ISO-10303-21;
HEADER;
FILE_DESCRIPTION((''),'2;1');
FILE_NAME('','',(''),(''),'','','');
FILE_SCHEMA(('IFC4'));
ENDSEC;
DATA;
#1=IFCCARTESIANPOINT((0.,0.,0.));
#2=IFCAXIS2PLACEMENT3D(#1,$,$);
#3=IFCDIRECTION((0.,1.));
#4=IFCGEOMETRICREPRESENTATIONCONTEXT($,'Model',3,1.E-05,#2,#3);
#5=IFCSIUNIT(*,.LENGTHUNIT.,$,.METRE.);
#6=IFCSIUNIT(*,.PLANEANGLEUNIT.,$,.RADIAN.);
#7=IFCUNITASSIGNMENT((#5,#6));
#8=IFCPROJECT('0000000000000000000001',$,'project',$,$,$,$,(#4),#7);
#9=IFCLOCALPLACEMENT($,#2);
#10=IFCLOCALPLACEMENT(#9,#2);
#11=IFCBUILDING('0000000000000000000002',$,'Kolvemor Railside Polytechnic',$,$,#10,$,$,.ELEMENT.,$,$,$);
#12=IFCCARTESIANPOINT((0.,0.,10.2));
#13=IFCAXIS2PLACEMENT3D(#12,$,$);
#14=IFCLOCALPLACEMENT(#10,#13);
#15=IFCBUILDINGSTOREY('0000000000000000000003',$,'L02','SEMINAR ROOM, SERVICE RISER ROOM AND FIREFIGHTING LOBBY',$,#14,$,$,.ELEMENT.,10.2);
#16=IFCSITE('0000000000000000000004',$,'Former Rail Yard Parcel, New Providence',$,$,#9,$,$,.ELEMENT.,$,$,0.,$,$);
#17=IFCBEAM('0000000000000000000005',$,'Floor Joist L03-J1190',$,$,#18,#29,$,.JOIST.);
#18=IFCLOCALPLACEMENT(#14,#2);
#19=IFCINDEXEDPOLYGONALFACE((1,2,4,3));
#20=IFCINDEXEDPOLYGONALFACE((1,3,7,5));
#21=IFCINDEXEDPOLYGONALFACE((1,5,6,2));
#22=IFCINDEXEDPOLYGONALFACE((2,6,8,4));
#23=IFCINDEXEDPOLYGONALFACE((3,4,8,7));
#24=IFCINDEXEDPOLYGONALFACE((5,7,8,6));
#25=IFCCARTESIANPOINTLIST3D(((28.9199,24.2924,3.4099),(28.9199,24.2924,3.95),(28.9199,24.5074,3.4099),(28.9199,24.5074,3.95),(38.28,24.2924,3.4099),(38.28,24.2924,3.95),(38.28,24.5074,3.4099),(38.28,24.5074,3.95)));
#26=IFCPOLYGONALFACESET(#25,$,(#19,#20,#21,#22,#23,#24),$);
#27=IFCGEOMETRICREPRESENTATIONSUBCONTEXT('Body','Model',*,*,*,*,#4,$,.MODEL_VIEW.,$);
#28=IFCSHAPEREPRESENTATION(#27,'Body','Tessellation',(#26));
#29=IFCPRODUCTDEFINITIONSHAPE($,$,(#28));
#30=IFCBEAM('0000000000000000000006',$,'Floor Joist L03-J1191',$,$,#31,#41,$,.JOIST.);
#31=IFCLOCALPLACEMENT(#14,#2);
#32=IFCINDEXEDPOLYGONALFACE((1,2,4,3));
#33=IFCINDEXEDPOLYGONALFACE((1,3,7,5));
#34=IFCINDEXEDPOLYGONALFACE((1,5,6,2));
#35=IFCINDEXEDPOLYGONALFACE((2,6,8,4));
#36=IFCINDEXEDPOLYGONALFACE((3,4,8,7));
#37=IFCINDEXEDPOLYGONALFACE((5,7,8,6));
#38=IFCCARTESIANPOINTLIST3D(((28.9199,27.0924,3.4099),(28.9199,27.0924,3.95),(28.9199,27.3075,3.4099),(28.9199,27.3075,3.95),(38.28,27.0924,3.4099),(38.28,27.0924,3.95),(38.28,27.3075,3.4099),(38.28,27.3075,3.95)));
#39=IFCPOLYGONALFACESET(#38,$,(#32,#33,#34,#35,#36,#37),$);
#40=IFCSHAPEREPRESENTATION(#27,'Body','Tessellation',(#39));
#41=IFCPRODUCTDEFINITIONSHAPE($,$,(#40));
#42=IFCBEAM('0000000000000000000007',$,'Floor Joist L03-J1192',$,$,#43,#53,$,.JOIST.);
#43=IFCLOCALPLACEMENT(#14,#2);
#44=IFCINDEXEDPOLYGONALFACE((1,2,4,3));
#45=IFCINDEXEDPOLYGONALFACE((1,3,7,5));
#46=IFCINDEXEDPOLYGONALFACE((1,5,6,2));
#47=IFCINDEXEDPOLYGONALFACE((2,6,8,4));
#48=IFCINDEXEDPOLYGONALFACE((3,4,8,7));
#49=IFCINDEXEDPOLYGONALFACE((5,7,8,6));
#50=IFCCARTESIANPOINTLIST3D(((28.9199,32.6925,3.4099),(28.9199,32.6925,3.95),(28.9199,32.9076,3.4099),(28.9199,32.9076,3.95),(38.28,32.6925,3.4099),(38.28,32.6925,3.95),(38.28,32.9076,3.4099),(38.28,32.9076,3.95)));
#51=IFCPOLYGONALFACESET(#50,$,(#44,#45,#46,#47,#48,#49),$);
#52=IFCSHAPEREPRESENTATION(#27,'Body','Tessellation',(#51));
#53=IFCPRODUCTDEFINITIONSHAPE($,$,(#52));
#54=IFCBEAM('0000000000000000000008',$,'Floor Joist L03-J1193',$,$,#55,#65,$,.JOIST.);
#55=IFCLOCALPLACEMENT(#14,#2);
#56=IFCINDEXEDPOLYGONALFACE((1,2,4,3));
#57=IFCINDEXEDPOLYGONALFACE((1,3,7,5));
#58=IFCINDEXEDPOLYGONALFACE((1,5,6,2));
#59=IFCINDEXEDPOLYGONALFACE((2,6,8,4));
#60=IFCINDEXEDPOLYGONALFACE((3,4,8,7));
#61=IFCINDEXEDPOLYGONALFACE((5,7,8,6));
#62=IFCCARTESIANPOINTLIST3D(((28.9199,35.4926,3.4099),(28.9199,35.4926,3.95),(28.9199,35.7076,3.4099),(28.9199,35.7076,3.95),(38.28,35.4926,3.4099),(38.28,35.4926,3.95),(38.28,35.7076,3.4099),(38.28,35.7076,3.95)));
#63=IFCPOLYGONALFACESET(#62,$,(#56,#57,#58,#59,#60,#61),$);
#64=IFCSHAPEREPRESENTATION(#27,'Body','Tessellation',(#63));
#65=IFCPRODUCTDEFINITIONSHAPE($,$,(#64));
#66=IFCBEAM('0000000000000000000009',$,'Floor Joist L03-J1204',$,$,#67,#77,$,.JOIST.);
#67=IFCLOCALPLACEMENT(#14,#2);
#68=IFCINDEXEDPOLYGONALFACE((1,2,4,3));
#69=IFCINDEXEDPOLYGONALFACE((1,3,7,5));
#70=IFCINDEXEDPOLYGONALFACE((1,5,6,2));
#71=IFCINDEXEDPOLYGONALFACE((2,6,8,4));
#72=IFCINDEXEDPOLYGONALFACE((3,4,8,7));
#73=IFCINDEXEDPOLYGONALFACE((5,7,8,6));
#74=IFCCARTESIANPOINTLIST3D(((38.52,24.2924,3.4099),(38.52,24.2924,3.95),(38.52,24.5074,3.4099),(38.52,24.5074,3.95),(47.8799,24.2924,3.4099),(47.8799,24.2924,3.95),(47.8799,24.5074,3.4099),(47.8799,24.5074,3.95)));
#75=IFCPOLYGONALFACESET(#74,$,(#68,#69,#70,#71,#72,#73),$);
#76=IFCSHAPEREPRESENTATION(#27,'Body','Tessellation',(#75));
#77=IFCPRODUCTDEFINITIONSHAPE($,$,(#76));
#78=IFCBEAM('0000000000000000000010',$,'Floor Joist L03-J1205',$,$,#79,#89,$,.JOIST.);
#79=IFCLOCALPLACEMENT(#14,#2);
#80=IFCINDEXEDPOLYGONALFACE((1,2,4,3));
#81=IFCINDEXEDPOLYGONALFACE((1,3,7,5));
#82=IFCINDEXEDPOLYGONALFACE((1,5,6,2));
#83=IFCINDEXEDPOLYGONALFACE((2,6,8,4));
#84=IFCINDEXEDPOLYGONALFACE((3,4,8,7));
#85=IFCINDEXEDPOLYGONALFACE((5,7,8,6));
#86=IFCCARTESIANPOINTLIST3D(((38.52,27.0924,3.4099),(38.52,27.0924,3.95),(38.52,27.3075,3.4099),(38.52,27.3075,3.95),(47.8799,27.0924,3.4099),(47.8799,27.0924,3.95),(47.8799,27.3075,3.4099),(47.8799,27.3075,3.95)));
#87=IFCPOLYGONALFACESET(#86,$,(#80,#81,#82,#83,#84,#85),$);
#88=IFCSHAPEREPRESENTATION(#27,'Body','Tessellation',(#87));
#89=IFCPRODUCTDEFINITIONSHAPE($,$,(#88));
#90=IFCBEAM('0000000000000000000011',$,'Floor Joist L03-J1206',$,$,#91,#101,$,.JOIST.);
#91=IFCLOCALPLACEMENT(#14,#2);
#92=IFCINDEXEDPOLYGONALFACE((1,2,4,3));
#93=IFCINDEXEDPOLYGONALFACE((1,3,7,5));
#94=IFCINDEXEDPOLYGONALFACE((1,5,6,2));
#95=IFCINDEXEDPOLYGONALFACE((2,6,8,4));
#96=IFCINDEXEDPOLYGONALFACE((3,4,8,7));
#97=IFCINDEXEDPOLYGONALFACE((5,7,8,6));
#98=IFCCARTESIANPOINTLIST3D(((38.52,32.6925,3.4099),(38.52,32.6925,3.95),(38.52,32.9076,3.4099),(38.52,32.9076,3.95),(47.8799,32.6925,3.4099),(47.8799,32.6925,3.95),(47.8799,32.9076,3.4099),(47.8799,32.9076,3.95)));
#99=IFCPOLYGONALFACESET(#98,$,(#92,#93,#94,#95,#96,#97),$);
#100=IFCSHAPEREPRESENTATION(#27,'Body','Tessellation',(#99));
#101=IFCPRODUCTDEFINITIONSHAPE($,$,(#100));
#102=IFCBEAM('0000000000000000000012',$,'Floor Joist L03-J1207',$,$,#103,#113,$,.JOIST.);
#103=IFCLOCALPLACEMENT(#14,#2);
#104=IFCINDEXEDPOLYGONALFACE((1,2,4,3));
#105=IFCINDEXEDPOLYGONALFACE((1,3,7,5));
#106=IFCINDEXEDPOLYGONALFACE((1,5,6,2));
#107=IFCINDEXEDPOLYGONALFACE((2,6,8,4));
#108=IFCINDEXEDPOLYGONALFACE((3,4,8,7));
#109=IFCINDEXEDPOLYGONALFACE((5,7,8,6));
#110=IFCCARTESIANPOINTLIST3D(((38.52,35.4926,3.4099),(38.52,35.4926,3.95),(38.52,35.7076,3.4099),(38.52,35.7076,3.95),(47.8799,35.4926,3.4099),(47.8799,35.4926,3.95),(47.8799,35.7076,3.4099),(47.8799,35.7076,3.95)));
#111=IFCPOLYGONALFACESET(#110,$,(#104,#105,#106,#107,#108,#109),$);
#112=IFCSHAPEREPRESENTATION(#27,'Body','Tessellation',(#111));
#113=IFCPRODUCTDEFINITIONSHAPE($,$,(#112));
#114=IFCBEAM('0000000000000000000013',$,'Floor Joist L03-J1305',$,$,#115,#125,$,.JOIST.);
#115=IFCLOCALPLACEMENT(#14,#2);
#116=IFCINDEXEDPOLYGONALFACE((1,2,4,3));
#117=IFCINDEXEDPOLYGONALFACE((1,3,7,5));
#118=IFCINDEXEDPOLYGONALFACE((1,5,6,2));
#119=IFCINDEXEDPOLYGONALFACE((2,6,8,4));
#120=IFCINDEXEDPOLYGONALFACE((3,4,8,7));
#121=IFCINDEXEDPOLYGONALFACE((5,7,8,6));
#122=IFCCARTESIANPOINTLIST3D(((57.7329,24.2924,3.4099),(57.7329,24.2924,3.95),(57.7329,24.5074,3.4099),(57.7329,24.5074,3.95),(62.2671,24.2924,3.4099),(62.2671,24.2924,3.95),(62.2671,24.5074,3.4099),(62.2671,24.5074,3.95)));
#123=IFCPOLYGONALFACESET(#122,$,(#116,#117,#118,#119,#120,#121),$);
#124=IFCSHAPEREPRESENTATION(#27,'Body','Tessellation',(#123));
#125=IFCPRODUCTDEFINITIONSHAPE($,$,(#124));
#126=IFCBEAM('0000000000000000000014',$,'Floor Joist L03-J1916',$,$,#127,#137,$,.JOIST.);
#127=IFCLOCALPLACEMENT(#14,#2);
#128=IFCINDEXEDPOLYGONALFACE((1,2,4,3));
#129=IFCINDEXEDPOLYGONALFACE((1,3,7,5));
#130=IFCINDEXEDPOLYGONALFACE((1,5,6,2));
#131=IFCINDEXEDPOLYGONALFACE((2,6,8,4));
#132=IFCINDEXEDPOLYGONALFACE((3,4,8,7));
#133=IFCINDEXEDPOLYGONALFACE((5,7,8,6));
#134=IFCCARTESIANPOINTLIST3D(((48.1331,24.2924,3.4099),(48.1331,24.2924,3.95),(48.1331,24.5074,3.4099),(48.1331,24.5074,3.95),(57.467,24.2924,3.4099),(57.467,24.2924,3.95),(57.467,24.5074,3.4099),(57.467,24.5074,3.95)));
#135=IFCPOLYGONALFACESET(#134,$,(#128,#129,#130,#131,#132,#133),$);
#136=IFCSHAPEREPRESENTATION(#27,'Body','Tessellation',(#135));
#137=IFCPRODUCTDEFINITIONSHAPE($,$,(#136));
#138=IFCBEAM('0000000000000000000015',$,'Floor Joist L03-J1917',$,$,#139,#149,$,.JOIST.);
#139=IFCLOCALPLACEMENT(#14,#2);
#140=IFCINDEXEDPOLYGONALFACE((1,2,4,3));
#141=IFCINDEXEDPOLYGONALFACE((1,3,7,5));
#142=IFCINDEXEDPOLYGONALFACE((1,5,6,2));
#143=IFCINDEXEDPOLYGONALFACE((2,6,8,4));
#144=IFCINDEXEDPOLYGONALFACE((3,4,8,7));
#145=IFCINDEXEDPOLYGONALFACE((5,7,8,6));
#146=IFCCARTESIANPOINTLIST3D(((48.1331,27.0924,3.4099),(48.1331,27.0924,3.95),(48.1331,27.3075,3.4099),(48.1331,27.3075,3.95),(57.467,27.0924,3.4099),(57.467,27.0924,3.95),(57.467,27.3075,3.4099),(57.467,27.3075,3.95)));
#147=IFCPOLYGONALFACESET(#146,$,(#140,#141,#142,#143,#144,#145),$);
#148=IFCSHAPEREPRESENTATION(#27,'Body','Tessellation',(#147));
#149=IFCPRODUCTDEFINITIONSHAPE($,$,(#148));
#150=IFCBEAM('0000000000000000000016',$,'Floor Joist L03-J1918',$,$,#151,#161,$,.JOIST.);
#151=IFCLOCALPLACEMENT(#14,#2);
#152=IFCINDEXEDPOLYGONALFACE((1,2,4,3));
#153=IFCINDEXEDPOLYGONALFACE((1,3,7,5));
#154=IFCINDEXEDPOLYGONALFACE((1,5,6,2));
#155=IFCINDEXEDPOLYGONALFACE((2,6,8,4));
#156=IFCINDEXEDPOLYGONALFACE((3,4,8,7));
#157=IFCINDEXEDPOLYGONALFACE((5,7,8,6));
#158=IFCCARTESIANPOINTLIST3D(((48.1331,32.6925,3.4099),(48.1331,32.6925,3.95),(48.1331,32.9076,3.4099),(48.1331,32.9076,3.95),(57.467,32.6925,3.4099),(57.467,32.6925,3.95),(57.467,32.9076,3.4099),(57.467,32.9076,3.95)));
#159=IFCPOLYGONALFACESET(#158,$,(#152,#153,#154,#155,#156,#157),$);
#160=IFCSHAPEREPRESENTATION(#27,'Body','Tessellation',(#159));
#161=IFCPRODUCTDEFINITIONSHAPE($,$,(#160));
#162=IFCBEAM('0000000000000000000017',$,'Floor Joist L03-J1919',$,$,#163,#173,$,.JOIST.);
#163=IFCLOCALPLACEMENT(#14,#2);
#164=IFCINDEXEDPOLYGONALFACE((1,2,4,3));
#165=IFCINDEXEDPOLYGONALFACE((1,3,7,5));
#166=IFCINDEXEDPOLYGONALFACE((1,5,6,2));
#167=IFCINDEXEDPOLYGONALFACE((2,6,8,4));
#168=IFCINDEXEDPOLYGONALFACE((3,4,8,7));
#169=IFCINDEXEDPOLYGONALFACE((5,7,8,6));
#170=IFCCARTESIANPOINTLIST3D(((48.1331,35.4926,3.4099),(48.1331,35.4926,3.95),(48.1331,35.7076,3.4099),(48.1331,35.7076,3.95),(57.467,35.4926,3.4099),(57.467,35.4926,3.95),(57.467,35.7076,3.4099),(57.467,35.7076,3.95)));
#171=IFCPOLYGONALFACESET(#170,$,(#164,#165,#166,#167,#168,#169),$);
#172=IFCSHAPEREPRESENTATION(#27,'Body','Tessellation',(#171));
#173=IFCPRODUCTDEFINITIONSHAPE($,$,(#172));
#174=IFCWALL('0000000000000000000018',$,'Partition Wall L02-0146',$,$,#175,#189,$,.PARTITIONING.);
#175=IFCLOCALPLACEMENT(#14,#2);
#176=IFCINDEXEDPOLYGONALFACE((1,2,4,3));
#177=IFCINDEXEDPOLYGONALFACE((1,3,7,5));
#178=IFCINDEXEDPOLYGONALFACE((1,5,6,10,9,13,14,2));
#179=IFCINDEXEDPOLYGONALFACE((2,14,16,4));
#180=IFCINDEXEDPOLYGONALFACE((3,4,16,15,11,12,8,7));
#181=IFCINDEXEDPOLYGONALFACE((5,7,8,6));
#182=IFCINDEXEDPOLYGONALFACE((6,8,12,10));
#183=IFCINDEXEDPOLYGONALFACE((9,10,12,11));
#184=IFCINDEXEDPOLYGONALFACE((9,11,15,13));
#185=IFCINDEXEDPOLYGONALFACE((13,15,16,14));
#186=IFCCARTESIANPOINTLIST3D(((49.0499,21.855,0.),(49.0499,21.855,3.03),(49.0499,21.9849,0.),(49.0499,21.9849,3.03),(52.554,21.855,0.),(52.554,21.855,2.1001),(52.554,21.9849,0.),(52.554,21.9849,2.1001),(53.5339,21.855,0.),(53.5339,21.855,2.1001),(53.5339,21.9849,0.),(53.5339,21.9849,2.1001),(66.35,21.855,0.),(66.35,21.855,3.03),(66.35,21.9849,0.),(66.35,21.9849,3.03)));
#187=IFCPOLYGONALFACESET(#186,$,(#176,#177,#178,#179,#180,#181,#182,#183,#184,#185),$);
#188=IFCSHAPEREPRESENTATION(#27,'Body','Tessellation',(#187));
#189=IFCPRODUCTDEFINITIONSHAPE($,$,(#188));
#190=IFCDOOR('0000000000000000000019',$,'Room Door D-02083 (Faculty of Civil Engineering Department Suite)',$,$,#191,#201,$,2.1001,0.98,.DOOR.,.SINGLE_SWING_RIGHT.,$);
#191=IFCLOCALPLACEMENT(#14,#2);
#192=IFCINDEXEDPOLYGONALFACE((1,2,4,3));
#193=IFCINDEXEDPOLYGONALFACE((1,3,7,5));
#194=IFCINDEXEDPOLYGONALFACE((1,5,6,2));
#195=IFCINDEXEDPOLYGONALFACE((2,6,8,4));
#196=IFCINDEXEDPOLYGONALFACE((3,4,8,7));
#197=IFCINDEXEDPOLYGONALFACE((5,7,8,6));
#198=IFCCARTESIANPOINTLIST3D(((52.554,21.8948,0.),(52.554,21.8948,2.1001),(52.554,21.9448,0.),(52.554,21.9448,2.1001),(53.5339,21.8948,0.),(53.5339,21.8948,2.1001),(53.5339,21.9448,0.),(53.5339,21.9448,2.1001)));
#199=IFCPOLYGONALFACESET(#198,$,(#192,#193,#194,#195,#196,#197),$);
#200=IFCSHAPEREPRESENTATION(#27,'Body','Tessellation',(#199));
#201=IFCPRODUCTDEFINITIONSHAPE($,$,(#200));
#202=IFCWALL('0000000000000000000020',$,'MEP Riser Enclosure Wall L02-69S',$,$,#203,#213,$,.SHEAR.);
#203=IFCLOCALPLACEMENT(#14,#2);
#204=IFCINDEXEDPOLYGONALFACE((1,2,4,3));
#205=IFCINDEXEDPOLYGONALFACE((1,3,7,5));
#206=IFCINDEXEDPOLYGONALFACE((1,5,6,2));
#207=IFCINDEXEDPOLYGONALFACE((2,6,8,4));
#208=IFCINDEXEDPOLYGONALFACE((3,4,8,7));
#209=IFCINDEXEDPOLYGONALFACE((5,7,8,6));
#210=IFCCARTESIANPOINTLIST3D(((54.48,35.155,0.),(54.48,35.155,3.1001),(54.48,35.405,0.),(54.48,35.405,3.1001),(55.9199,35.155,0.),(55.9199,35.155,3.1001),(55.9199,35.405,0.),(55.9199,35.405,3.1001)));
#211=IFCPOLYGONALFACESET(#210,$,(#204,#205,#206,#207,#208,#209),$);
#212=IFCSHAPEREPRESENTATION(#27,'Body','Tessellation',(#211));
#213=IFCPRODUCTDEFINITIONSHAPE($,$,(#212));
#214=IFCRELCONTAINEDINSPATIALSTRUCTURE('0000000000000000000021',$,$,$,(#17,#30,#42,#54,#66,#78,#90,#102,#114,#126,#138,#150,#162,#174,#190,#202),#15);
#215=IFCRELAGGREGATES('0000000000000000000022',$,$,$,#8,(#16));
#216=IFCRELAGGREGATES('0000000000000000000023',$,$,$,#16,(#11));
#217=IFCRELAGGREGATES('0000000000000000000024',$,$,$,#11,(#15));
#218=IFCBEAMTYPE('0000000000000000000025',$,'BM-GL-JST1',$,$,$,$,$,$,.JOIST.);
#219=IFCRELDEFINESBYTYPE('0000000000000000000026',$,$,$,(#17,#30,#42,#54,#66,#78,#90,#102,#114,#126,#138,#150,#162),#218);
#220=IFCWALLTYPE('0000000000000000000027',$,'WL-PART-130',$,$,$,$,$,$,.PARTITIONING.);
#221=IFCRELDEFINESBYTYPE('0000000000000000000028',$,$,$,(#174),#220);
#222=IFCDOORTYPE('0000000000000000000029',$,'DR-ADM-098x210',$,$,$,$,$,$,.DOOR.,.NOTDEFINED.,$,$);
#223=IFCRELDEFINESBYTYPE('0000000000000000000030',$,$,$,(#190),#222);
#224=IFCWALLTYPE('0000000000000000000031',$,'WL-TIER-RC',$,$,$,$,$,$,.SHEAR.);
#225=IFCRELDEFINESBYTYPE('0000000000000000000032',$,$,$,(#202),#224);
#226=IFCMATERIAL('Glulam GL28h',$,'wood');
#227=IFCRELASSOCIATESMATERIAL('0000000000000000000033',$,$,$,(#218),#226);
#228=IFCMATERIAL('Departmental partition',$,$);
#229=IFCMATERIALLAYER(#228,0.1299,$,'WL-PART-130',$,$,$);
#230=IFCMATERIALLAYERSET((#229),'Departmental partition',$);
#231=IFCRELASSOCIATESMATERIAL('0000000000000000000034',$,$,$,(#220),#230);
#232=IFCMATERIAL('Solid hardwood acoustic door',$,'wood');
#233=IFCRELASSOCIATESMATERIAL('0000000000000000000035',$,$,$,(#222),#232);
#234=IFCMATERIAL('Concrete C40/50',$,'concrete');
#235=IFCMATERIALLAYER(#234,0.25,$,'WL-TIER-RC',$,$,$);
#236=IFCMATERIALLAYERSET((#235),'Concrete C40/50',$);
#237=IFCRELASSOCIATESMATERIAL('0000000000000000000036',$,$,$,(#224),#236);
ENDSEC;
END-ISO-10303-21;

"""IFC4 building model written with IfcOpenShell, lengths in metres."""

from ifc_helpers import new_model, si_unit, direction, frame, frame_2d, origin, origin_2d, place, context, subcontext, project, spatial, rectangle, extrude, material, layer, layer_set, material_profile, profile_set, type_object, element, fill, save


model = new_model("IFC4")

# Units and contexts
model_context = context("Model", 3, precision=1e-05, world=origin(), true_north=direction((0.0, 1.0)))
body_context = subcontext(model_context, "Body", "Model", "MODEL_VIEW")
ifc_project = project(units=[si_unit("LENGTHUNIT", "METRE"), si_unit("PLANEANGLEUNIT", "RADIAN")], contexts=[model_context])

# Site, building, storey
site_placement = place(None, origin())
site = spatial("IfcSite", under=ifc_project, at=site_placement, Name="Former Rail Yard Parcel, New Providence", CompositionType="ELEMENT", RefElevation=0.0)
building_placement = place(site_placement, origin())
building = spatial("IfcBuilding", under=site, at=building_placement, Name="Kolvemor Railside Polytechnic", CompositionType="ELEMENT")
storey_placement = place(building_placement, frame((0.0, 0.0, 10.2)))
storey = spatial("IfcBuildingStorey", under=building, at=storey_placement, Name="L02", Description="SEMINAR ROOM, SERVICE RISER ROOM AND FIREFIGHTING LOBBY", CompositionType="ELEMENT", Elevation=10.2)

# Beams
ifc_material_1 = material(Name="Glulam GL28h", Category="wood")
ifc_material_profile_1 = material_profile(ifc_material_1, rectangle(XDim=0.2151, YDim=0.54, at=origin_2d()), Name="GL215x540")
ifc_profile_set_1 = profile_set([ifc_material_profile_1], Name="Glulam GL28h")
beam_type_1 = type_object("IfcBeamType", Name="BM-GL-JST1", PredefinedType="JOIST", material=ifc_profile_set_1)
for number, where, z_axis, x_axis, name in (
    (1, (28.9199, 24.3999, 3.6799), (1.0, 0.0, 0.0), (0.0, 1.0, 0.0), "Floor Joist L03-J1190"),
    (2, (28.9199, 27.2, 3.6799), (1.0, 0.0, 0.0), (0.0, 1.0, 0.0), "Floor Joist L03-J1191"),
    (3, (28.9199, 32.8, 3.6799), (1.0, 0.0, 0.0), (0.0, 1.0, 0.0), "Floor Joist L03-J1192"),
    (4, (28.9199, 35.6001, 3.6799), (1.0, 0.0, 0.0), (0.0, 1.0, 0.0), "Floor Joist L03-J1193"),
):
    element("IfcBeam", number, at=place(storey_placement, frame(where, z_axis=z_axis, x_axis=x_axis)), inside=storey, type_object=beam_type_1, Name=name, PredefinedType="JOIST", context=body_context, shape_type="SweptSolid", body=[
        extrude(rectangle(XDim=0.2151, YDim=0.54, at=origin_2d()), origin(), (0.0, 0.0, 1.0), 9.3601),
    ])
for number, where, z_axis, x_axis, name in (
    (5, (38.52, 24.3999, 3.6799), (1.0, 0.0, 0.0), (0.0, 1.0, 0.0), "Floor Joist L03-J1204"),
    (6, (38.52, 27.2, 3.6799), (1.0, 0.0, 0.0), (0.0, 1.0, 0.0), "Floor Joist L03-J1205"),
    (7, (38.52, 32.8, 3.6799), (1.0, 0.0, 0.0), (0.0, 1.0, 0.0), "Floor Joist L03-J1206"),
    (8, (38.52, 35.6001, 3.6799), (1.0, 0.0, 0.0), (0.0, 1.0, 0.0), "Floor Joist L03-J1207"),
):
    element("IfcBeam", number, at=place(storey_placement, frame(where, z_axis=z_axis, x_axis=x_axis)), inside=storey, type_object=beam_type_1, Name=name, PredefinedType="JOIST", context=body_context, shape_type="SweptSolid", body=[
        extrude(rectangle(XDim=0.2151, YDim=0.54, at=origin_2d()), origin(), (0.0, 0.0, 1.0), 9.3599),
    ])
beam_1_placement = place(storey_placement, frame((57.7329, 24.3999, 3.6799), z_axis=(1.0, 0.0, 0.0), x_axis=(0.0, 1.0, 0.0)))
element("IfcBeam", 9, at=beam_1_placement, inside=storey, type_object=beam_type_1, Name="Floor Joist L03-J1305", PredefinedType="JOIST", context=body_context, shape_type="SweptSolid", body=[
    extrude(rectangle(XDim=0.2151, YDim=0.54, at=origin_2d()), origin(), (0.0, 0.0, 1.0), 4.5342),
])
for number, where, z_axis, x_axis, name in (
    (10, (48.1331, 24.3999, 3.6799), (1.0, 0.0, 0.0), (0.0, 1.0, 0.0), "Floor Joist L03-J1916"),
    (11, (48.1331, 27.2, 3.6799), (1.0, 0.0, 0.0), (0.0, 1.0, 0.0), "Floor Joist L03-J1917"),
    (12, (48.1331, 32.8, 3.6799), (1.0, 0.0, 0.0), (0.0, 1.0, 0.0), "Floor Joist L03-J1918"),
    (13, (48.1331, 35.6001, 3.6799), (1.0, 0.0, 0.0), (0.0, 1.0, 0.0), "Floor Joist L03-J1919"),
):
    element("IfcBeam", number, at=place(storey_placement, frame(where, z_axis=z_axis, x_axis=x_axis)), inside=storey, type_object=beam_type_1, Name=name, PredefinedType="JOIST", context=body_context, shape_type="SweptSolid", body=[
        extrude(rectangle(XDim=0.2151, YDim=0.54, at=origin_2d()), origin(), (0.0, 0.0, 1.0), 9.334),
    ])

# Wall, opening, door
ifc_material_2 = material(Name="Departmental partition")
ifc_layer_1 = layer(ifc_material_2, 0.1299, Name="WL-PART-130")
ifc_layer_set_1 = layer_set([ifc_layer_1], Name="Departmental partition")
wall_type_1 = type_object("IfcWallType", Name="WL-PART-130", PredefinedType="PARTITIONING", material=ifc_layer_set_1)
wall_1_placement = place(storey_placement, frame((49.05, 21.9199, 0.0), z_axis=(0.0, 0.0, 1.0), x_axis=(1.0, 0.0, 0.0)))
wall_1 = element("IfcWall", 14, at=wall_1_placement, inside=storey, type_object=wall_type_1, Name="Partition Wall L02-0146", PredefinedType="PARTITIONING", context=body_context, shape_type="SweptSolid", body=[
    extrude(rectangle(XDim=17.3, YDim=0.1299, at=frame_2d((8.6499, 0.0))), origin(), (0.0, 0.0, 1.0), 3.03),
])
opening_placement = place(wall_1_placement, frame((3.5039, 0.0, 0.0)))
opening = element("IfcOpeningElement", 15, at=opening_placement, cuts=wall_1, PredefinedType="OPENING", context=body_context, shape_type="SweptSolid", body=[
    extrude(rectangle(XDim=0.98, YDim=2.1001, at=frame_2d((0.49, 1.05))), frame((0.0, 0.075, 0.0), z_axis=(0.0, -1.0, 0.0), x_axis=(1.0, 0.0, 0.0)), (0.0, 0.0, 1.0), 0.1499),
])
ifc_material_3 = material(Name="Solid hardwood acoustic door", Category="wood")
door_type = type_object("IfcDoorType", Name="DR-ADM-098x210", OperationType="NOTDEFINED", PredefinedType="DOOR", material=ifc_material_3)
door_placement = place(opening_placement, origin())
door = element("IfcDoor", 16, at=door_placement, inside=storey, type_object=door_type, Name="Room Door D-02083 (Faculty of Civil Engineering Department Suite)", OperationType="SINGLE_SWING_RIGHT", OverallHeight=2.1001, OverallWidth=0.98, PredefinedType="DOOR", context=body_context, shape_type="SweptSolid", body=[
    extrude(rectangle(XDim=0.98, YDim=2.1001, at=frame_2d((0.49, 1.05))), frame((0.0, 0.0249, 0.0), z_axis=(0.0, -1.0, 0.0), x_axis=(1.0, 0.0, 0.0)), (0.0, 0.0, 1.0), 0.05),
])
fill(opening, door)

# Wall
ifc_material_4 = material(Name="Concrete C40/50", Category="concrete")
ifc_layer_2 = layer(ifc_material_4, 0.25, Name="WL-TIER-RC")
ifc_layer_set_2 = layer_set([ifc_layer_2], Name="Concrete C40/50")
wall_type_2 = type_object("IfcWallType", Name="WL-TIER-RC", PredefinedType="SHEAR", material=ifc_layer_set_2)
wall_2_placement = place(storey_placement, frame((54.48, 35.28, 0.0), z_axis=(0.0, 0.0, 1.0), x_axis=(1.0, 0.0, 0.0)))
element("IfcWall", 17, at=wall_2_placement, inside=storey, type_object=wall_type_2, Name="MEP Riser Enclosure Wall L02-69S", PredefinedType="SHEAR", context=body_context, shape_type="SweptSolid", body=[
    extrude(rectangle(XDim=1.4399, YDim=0.25, at=frame_2d((0.72, 0.0))), origin(), (0.0, 0.0, 1.0), 3.1001),
])

save(model, "model.ifc")
